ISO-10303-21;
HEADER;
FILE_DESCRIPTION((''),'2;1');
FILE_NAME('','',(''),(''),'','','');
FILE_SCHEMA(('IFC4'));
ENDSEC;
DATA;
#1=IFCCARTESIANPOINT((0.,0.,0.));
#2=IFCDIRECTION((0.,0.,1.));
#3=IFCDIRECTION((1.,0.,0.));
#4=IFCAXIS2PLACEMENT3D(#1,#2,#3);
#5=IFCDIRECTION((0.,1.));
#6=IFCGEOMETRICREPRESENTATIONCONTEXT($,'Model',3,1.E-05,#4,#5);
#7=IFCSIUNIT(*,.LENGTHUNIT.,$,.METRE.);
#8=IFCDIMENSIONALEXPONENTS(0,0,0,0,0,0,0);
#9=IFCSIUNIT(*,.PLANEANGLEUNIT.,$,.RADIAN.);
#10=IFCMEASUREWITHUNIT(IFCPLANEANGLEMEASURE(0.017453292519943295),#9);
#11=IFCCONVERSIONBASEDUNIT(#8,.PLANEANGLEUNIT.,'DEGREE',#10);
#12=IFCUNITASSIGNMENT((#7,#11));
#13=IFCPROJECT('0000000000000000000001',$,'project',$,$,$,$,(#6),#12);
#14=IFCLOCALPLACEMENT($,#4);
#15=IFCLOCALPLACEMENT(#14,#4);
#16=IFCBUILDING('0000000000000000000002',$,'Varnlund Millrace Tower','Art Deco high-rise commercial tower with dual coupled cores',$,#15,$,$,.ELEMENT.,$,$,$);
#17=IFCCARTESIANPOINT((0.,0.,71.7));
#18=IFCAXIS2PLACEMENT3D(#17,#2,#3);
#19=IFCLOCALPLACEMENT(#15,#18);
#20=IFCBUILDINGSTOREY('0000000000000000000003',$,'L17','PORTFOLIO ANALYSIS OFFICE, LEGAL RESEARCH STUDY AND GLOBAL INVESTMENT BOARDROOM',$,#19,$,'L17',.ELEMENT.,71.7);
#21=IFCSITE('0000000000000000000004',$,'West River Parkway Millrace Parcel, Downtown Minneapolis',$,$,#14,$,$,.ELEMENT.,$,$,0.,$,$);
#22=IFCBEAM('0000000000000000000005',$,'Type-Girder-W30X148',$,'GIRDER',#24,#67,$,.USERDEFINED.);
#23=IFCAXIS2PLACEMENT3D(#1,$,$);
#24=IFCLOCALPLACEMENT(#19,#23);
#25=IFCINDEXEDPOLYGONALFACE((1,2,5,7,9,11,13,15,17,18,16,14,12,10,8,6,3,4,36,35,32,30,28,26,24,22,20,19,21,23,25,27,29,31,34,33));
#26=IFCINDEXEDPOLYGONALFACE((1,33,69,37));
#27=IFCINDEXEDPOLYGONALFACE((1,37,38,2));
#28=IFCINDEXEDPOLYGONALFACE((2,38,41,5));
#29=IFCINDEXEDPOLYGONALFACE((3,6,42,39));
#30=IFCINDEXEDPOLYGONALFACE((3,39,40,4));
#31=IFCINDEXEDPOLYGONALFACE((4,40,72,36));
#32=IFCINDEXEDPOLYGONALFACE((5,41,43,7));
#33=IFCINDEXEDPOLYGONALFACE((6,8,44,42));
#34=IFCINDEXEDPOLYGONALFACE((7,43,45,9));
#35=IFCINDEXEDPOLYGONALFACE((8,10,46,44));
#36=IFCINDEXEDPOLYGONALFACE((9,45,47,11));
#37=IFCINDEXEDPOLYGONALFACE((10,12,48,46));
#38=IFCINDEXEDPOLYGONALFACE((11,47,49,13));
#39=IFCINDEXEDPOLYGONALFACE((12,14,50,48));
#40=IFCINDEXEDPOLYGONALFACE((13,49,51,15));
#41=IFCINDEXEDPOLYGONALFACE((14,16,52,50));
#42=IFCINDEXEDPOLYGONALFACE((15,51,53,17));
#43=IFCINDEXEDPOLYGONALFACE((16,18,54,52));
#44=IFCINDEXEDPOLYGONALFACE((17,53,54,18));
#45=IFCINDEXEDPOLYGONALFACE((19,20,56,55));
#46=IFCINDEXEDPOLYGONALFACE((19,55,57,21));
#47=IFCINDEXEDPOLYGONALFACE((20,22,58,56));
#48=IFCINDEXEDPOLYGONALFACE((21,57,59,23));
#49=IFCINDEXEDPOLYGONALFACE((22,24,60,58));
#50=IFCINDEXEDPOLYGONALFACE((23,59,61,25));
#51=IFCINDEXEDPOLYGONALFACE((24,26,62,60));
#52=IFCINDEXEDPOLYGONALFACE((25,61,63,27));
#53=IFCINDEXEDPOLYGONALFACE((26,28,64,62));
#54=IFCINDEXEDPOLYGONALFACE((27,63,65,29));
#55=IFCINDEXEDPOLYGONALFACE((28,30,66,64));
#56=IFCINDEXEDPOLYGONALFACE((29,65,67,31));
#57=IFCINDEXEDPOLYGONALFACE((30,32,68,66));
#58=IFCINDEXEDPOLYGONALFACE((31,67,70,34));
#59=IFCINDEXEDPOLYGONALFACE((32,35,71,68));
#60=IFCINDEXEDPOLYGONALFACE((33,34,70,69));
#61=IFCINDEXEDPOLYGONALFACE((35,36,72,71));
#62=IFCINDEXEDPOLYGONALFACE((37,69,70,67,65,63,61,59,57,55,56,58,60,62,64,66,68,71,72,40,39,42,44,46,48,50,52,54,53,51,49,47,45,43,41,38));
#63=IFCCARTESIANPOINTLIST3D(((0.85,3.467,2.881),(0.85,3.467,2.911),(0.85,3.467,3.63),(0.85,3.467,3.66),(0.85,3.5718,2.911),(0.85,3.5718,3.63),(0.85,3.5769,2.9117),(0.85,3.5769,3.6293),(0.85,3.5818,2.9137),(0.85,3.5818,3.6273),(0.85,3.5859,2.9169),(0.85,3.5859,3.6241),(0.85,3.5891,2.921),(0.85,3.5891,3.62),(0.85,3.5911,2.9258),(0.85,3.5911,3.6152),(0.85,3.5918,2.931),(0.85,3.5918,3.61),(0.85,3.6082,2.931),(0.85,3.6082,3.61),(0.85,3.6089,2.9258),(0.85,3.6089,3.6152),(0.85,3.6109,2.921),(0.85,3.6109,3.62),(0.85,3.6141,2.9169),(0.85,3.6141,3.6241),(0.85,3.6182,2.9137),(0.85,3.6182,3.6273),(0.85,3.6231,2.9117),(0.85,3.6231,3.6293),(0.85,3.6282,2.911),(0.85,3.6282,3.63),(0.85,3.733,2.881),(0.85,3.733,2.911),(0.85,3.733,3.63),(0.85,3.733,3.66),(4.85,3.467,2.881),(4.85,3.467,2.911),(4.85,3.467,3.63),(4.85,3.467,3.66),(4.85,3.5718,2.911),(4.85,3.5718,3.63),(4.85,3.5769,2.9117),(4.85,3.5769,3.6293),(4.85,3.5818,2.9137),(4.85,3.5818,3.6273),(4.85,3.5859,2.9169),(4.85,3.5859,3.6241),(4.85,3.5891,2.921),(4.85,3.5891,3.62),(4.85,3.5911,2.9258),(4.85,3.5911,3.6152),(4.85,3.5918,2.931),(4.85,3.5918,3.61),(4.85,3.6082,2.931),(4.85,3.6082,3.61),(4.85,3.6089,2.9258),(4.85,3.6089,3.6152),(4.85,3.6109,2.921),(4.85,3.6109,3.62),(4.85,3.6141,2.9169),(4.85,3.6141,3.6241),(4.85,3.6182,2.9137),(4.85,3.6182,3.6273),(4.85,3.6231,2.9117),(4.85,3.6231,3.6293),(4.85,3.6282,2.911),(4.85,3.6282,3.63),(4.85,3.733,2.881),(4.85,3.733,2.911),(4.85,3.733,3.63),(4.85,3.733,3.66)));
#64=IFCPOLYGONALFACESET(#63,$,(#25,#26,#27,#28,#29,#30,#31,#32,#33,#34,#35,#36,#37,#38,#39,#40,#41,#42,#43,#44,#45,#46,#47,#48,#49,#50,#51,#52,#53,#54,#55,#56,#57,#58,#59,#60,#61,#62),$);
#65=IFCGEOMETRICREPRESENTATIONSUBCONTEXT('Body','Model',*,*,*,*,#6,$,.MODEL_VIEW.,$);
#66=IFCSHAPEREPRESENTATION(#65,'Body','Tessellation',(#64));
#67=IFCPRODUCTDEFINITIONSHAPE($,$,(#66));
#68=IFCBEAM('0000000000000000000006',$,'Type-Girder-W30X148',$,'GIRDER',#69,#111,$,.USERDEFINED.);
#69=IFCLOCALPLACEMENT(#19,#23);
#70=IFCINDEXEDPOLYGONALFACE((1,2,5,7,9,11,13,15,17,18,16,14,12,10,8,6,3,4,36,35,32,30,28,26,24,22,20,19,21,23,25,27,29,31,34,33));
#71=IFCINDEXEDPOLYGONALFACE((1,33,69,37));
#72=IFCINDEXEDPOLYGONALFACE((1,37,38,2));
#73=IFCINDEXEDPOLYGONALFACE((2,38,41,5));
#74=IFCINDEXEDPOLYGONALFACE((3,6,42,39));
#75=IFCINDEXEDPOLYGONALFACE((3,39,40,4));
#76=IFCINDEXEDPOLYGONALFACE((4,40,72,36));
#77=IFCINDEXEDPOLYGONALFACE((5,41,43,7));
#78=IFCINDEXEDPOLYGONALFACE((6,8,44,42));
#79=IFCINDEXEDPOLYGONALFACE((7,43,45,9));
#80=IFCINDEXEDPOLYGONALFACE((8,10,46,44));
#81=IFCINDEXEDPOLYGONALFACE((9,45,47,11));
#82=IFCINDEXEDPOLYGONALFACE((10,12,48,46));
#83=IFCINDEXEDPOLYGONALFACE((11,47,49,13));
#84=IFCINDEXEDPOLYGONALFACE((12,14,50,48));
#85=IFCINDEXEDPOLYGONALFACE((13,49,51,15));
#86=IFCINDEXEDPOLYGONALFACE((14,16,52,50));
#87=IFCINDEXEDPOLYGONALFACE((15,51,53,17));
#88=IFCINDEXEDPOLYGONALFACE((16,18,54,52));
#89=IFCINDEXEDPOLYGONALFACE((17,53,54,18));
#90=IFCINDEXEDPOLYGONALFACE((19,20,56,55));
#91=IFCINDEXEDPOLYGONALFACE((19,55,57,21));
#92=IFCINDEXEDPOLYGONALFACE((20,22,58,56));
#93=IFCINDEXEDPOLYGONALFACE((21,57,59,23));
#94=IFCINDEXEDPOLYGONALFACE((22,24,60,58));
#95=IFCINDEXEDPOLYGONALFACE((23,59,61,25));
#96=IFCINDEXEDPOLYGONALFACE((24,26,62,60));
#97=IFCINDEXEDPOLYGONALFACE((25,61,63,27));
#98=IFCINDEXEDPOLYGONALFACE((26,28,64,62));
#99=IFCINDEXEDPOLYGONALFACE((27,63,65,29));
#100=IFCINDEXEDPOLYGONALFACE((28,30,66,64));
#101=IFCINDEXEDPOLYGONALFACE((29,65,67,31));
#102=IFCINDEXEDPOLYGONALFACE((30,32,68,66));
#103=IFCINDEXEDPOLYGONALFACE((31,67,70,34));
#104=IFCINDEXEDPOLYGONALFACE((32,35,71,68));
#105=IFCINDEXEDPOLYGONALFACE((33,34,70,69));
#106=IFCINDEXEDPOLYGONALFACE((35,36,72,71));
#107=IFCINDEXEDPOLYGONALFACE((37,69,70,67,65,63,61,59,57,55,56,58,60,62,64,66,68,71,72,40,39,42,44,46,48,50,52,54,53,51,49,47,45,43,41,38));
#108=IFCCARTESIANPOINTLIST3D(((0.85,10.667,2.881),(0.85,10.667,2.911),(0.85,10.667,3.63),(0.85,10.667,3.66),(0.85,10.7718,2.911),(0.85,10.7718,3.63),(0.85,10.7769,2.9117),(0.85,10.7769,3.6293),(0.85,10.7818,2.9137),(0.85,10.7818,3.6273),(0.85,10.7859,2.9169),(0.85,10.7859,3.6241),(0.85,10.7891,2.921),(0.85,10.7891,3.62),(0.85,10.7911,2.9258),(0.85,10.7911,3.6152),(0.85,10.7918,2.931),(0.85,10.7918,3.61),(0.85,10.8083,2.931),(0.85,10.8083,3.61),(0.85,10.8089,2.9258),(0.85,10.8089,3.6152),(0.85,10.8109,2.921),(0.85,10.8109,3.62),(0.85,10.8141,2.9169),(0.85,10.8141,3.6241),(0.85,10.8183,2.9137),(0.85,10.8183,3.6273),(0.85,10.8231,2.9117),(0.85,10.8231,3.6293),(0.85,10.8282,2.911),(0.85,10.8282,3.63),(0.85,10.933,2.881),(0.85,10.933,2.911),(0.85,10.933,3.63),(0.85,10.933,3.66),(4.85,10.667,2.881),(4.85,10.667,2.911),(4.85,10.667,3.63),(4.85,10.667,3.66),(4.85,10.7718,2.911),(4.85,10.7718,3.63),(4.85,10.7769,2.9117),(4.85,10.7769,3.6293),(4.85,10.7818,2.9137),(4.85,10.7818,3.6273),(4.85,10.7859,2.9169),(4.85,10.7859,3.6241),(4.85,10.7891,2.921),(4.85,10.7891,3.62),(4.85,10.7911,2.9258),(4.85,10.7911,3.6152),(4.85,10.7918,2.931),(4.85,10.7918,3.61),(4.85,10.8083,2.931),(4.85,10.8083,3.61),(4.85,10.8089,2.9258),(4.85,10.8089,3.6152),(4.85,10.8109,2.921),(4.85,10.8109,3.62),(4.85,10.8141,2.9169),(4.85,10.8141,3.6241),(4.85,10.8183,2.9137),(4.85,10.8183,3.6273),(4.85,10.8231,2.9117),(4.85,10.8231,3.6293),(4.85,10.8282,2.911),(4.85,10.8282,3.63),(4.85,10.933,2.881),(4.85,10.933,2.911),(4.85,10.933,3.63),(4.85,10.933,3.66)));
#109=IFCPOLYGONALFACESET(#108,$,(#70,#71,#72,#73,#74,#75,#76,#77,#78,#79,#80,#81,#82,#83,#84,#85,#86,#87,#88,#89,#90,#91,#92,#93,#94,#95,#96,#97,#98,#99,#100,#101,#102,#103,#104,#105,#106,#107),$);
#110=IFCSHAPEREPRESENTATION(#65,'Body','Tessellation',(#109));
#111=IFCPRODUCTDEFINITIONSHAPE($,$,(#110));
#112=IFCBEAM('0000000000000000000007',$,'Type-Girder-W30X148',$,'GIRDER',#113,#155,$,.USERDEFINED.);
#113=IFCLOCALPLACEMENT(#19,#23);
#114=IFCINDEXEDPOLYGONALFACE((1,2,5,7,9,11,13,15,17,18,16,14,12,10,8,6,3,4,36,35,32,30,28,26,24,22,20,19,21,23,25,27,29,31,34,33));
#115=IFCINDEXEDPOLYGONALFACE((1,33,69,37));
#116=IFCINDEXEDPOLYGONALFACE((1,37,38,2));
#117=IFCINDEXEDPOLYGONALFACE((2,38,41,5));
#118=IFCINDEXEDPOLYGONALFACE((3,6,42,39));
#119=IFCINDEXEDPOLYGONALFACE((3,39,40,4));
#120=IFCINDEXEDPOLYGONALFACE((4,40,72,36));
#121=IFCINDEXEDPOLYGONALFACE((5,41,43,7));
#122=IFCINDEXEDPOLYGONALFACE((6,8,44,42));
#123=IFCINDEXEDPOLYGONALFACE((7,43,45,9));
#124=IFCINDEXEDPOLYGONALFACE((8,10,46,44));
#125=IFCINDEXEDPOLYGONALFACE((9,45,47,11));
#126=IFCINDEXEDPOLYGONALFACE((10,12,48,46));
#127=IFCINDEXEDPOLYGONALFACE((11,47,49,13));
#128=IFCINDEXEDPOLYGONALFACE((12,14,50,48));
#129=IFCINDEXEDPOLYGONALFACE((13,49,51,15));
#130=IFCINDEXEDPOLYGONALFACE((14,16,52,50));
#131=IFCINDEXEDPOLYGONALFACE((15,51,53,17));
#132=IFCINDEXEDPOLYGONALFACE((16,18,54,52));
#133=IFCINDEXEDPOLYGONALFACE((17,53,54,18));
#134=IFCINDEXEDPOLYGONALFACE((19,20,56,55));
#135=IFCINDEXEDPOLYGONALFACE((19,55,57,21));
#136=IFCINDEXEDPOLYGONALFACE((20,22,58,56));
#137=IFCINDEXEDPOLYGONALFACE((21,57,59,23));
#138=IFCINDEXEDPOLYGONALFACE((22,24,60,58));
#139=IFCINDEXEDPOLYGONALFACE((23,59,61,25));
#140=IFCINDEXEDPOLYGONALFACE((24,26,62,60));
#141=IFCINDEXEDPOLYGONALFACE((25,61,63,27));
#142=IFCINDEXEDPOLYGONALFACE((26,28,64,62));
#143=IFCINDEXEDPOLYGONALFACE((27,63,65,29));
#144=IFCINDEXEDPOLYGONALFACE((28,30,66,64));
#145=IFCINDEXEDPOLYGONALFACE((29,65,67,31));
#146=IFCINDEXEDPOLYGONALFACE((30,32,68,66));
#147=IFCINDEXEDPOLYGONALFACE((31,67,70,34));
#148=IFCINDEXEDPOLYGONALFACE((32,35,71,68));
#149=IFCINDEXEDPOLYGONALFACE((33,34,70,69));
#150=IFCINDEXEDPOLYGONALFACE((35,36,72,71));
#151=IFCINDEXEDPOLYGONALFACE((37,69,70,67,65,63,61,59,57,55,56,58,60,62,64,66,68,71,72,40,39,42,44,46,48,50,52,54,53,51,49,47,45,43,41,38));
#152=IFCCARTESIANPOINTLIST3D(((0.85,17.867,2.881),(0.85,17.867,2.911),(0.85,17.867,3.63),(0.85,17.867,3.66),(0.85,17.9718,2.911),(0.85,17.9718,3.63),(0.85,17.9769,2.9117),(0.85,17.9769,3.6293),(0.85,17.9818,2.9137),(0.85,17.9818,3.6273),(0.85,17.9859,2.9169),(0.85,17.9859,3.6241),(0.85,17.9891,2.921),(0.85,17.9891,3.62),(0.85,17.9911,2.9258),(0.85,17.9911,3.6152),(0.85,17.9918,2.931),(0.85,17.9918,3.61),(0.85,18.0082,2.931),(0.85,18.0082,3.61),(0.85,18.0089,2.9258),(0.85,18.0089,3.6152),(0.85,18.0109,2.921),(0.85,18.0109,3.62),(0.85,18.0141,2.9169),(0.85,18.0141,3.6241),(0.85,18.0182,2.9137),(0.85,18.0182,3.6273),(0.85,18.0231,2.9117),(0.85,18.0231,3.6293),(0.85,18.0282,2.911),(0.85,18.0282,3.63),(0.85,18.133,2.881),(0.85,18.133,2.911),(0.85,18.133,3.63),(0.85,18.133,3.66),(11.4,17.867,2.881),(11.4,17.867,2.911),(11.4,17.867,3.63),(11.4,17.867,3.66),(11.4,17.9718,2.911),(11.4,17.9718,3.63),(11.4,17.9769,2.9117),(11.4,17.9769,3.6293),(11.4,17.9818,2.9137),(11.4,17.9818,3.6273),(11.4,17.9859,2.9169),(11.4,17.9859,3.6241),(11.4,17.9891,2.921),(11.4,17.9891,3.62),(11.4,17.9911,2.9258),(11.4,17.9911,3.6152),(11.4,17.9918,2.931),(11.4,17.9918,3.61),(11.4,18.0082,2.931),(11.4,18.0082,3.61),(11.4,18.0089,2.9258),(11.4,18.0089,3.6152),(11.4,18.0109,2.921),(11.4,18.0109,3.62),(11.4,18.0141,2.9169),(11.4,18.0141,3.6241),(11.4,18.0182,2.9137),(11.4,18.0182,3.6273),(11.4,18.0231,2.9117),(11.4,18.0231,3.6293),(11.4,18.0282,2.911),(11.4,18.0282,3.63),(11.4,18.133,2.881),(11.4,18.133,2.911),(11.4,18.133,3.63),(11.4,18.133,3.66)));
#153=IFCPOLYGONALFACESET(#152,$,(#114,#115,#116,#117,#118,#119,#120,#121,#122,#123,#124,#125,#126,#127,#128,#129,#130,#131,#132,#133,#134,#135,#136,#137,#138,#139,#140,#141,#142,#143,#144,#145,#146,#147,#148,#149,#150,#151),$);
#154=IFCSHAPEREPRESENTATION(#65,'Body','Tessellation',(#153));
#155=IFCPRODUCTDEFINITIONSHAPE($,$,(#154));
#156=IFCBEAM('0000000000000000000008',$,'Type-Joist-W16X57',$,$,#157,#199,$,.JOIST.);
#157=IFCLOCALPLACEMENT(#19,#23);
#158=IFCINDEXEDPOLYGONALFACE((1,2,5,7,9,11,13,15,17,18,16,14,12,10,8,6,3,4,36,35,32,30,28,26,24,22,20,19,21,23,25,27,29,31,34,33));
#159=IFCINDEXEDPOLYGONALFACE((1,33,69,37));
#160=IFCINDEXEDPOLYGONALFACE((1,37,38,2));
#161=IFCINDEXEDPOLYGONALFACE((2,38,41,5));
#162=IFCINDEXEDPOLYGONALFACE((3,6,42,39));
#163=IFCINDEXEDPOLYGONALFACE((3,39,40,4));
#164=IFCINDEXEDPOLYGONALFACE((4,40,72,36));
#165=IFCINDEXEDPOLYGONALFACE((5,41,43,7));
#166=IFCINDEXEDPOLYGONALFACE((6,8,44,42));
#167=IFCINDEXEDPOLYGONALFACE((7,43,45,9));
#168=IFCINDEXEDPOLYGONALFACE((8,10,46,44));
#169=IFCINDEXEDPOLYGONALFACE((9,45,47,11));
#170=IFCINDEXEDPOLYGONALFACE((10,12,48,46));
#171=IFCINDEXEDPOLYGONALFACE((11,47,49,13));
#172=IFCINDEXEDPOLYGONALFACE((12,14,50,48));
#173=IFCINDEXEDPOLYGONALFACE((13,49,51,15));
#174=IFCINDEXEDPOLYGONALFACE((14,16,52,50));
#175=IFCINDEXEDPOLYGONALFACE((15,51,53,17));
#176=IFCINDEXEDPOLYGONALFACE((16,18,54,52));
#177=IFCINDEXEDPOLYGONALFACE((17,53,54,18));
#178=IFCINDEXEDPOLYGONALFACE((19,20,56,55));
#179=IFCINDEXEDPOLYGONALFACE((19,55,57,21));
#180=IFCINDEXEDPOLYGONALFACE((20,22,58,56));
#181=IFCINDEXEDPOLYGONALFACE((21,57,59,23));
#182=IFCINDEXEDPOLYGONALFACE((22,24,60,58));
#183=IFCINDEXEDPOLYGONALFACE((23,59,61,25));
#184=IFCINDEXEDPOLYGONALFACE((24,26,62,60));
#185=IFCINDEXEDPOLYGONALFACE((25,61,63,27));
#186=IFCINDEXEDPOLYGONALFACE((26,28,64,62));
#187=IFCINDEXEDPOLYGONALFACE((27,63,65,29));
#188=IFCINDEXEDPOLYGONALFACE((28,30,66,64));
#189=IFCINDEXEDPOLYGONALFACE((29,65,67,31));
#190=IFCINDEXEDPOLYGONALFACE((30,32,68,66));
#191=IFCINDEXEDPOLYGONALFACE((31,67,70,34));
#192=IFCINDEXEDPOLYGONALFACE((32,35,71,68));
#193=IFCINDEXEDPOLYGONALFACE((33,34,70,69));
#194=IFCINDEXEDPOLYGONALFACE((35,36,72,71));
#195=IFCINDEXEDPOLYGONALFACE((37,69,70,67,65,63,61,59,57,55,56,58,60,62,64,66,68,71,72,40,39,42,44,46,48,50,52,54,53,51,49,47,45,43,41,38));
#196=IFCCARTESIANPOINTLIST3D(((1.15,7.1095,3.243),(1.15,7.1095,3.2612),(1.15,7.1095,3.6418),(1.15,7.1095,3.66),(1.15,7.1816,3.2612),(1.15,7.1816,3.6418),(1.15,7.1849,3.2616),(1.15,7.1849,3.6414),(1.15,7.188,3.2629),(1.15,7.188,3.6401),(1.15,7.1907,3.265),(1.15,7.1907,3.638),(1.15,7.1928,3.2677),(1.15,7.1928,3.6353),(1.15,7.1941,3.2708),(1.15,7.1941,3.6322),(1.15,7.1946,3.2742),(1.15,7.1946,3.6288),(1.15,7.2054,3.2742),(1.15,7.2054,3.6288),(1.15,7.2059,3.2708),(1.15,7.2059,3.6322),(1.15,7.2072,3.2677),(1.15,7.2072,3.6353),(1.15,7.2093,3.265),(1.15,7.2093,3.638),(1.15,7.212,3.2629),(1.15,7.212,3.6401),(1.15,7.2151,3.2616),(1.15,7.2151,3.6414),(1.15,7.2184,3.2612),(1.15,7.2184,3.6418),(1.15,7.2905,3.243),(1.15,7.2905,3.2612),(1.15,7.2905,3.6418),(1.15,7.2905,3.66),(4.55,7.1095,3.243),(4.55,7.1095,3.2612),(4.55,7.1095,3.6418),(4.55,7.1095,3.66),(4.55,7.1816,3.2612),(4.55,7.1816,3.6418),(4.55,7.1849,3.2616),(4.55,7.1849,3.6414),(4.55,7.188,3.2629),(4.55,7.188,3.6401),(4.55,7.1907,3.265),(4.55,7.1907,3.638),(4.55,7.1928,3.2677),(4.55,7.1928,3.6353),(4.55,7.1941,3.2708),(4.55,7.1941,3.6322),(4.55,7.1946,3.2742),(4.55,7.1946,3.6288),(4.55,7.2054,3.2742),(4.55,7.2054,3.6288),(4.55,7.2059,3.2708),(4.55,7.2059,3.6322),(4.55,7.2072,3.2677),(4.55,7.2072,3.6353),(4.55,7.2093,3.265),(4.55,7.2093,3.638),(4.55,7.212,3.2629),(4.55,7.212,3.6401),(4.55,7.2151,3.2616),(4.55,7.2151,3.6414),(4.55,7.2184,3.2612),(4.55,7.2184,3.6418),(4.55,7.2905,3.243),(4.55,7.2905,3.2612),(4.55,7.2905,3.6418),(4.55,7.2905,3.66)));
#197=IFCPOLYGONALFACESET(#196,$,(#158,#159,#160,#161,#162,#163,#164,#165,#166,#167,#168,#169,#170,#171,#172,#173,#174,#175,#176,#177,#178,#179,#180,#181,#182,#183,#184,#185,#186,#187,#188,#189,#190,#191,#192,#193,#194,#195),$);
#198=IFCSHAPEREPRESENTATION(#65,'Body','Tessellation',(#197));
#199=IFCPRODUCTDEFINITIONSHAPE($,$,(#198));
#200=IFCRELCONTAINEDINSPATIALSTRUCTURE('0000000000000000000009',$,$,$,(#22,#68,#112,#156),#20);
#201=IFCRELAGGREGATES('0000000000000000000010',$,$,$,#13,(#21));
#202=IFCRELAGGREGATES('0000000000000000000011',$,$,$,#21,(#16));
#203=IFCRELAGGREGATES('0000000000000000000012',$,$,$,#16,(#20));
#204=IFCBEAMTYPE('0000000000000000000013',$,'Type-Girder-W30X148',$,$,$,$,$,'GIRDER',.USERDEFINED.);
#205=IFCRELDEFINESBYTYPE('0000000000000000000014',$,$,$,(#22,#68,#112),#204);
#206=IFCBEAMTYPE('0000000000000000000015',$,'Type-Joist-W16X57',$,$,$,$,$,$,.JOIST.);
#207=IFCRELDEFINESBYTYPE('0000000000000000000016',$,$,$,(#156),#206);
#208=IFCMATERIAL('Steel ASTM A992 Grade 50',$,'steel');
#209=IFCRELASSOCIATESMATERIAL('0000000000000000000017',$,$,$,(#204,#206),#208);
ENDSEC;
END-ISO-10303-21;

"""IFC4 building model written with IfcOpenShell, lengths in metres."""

from ifc_helpers import new_model, entity, si_unit, converted_unit, direction, frame, origin_with_axes, origin_2d_with_axis, place, context, subcontext, project, spatial, i_section, extrude, material, material_profile, profile_set, type_object, element, save


model = new_model("IFC4")

# Units and contexts
model_context = context("Model", 3, precision=1e-05, world=origin_with_axes(), true_north=direction((0.0, 1.0)))
body_context = subcontext(model_context, "Body", "Model", "MODEL_VIEW")
ifc_project = project(units=[si_unit("LENGTHUNIT", "METRE"), converted_unit("PLANEANGLEUNIT", "DEGREE", entity("IfcPlaneAngleMeasure", 0.017453292519943295), si_unit("PLANEANGLEUNIT", "RADIAN"), dimensions=[0, 0, 0, 0, 0, 0, 0])], contexts=[model_context])

# Site, building, storey
site_placement = place(None, origin_with_axes())
site = spatial("IfcSite", under=ifc_project, at=site_placement, Name="West River Parkway Millrace Parcel, Downtown Minneapolis", CompositionType="ELEMENT", RefElevation=0.0)
building_placement = place(site_placement, origin_with_axes())
building = spatial("IfcBuilding", under=site, at=building_placement, Name="Varnlund Millrace Tower", Description="Art Deco high-rise commercial tower with dual coupled cores", CompositionType="ELEMENT")
storey_placement = place(building_placement, frame((0.0, 0.0, 71.7), z_axis=(0.0, 0.0, 1.0), x_axis=(1.0, 0.0, 0.0)))
storey = spatial("IfcBuildingStorey", under=building, at=storey_placement, Name="L17", Description="PORTFOLIO ANALYSIS OFFICE, LEGAL RESEARCH STUDY AND GLOBAL INVESTMENT BOARDROOM", LongName="L17", CompositionType="ELEMENT", Elevation=71.7)

# Beams
ifc_material_1 = material(Name="Steel ASTM A992 Grade 50", Category="steel")
ifc_material_profile_1 = material_profile(ifc_material_1, i_section(OverallWidth=0.266, OverallDepth=0.779, WebThickness=0.0165, FlangeThickness=0.03, FilletRadius=0.02, at=origin_2d_with_axis()), Name="Steel ASTM A992 Grade 50")
ifc_profile_set_1 = profile_set([ifc_material_profile_1], Name="Steel ASTM A992 Grade 50")
beam_type_1 = type_object("IfcBeamType", Name="Type-Girder-W30X148", ElementType="GIRDER", PredefinedType="USERDEFINED", material=ifc_profile_set_1)
for number, where, z_axis, x_axis, name in (
    (1, (0.85, 3.6, 3.2705), (1.0, 0.0, 0.0), (0.0, 1.0, 0.0), "Type-Girder-W30X148"),
    (2, (0.85, 10.8, 3.2705), (1.0, 0.0, 0.0), (0.0, 1.0, 0.0), "Type-Girder-W30X148"),
):
    element("IfcBeam", number, at=place(storey_placement, frame(where, z_axis=z_axis, x_axis=x_axis)), inside=storey, type_object=beam_type_1, Name=name, ObjectType="GIRDER", PredefinedType="USERDEFINED", context=body_context, shape_type="SweptSolid", body=[
        extrude(i_section(OverallWidth=0.266, OverallDepth=0.779, WebThickness=0.0165, FlangeThickness=0.03, FilletRadius=0.02, at=origin_2d_with_axis()), origin_with_axes(), (0.0, 0.0, 1.0), 4.0),
    ])
beam_1_placement = place(storey_placement, frame((0.85, 18.0, 3.2705), z_axis=(1.0, 0.0, 0.0), x_axis=(0.0, 1.0, 0.0)))
element("IfcBeam", 3, at=beam_1_placement, inside=storey, type_object=beam_type_1, Name="Type-Girder-W30X148", ObjectType="GIRDER", PredefinedType="USERDEFINED", context=body_context, shape_type="SweptSolid", body=[
    extrude(i_section(OverallWidth=0.266, OverallDepth=0.779, WebThickness=0.0165, FlangeThickness=0.03, FilletRadius=0.02, at=origin_2d_with_axis()), origin_with_axes(), (0.0, 0.0, 1.0), 10.55),
])
ifc_material_profile_2 = material_profile(ifc_material_1, i_section(OverallWidth=0.181, OverallDepth=0.417, WebThickness=0.0109, FlangeThickness=0.0182, FilletRadius=0.013, at=origin_2d_with_axis()), Name="Steel ASTM A992 Grade 50")
ifc_profile_set_2 = profile_set([ifc_material_profile_2], Name="Steel ASTM A992 Grade 50")
beam_type_2 = type_object("IfcBeamType", Name="Type-Joist-W16X57", PredefinedType="JOIST", material=ifc_profile_set_2)
for number, where, z_axis, x_axis, name in (
    (4, (1.15, 7.2, 3.4515), (1.0, 0.0, 0.0), (0.0, 1.0, 0.0), "Type-Joist-W16X57"),
):
    element("IfcBeam", number, at=place(storey_placement, frame(where, z_axis=z_axis, x_axis=x_axis)), inside=storey, type_object=beam_type_2, Name=name, PredefinedType="JOIST", context=body_context, shape_type="SweptSolid", body=[
        extrude(i_section(OverallWidth=0.181, OverallDepth=0.417, WebThickness=0.0109, FlangeThickness=0.0182, FilletRadius=0.013, at=origin_2d_with_axis()), origin_with_axes(), (0.0, 0.0, 1.0), 3.4),
    ])

save(model, "model.ifc")
